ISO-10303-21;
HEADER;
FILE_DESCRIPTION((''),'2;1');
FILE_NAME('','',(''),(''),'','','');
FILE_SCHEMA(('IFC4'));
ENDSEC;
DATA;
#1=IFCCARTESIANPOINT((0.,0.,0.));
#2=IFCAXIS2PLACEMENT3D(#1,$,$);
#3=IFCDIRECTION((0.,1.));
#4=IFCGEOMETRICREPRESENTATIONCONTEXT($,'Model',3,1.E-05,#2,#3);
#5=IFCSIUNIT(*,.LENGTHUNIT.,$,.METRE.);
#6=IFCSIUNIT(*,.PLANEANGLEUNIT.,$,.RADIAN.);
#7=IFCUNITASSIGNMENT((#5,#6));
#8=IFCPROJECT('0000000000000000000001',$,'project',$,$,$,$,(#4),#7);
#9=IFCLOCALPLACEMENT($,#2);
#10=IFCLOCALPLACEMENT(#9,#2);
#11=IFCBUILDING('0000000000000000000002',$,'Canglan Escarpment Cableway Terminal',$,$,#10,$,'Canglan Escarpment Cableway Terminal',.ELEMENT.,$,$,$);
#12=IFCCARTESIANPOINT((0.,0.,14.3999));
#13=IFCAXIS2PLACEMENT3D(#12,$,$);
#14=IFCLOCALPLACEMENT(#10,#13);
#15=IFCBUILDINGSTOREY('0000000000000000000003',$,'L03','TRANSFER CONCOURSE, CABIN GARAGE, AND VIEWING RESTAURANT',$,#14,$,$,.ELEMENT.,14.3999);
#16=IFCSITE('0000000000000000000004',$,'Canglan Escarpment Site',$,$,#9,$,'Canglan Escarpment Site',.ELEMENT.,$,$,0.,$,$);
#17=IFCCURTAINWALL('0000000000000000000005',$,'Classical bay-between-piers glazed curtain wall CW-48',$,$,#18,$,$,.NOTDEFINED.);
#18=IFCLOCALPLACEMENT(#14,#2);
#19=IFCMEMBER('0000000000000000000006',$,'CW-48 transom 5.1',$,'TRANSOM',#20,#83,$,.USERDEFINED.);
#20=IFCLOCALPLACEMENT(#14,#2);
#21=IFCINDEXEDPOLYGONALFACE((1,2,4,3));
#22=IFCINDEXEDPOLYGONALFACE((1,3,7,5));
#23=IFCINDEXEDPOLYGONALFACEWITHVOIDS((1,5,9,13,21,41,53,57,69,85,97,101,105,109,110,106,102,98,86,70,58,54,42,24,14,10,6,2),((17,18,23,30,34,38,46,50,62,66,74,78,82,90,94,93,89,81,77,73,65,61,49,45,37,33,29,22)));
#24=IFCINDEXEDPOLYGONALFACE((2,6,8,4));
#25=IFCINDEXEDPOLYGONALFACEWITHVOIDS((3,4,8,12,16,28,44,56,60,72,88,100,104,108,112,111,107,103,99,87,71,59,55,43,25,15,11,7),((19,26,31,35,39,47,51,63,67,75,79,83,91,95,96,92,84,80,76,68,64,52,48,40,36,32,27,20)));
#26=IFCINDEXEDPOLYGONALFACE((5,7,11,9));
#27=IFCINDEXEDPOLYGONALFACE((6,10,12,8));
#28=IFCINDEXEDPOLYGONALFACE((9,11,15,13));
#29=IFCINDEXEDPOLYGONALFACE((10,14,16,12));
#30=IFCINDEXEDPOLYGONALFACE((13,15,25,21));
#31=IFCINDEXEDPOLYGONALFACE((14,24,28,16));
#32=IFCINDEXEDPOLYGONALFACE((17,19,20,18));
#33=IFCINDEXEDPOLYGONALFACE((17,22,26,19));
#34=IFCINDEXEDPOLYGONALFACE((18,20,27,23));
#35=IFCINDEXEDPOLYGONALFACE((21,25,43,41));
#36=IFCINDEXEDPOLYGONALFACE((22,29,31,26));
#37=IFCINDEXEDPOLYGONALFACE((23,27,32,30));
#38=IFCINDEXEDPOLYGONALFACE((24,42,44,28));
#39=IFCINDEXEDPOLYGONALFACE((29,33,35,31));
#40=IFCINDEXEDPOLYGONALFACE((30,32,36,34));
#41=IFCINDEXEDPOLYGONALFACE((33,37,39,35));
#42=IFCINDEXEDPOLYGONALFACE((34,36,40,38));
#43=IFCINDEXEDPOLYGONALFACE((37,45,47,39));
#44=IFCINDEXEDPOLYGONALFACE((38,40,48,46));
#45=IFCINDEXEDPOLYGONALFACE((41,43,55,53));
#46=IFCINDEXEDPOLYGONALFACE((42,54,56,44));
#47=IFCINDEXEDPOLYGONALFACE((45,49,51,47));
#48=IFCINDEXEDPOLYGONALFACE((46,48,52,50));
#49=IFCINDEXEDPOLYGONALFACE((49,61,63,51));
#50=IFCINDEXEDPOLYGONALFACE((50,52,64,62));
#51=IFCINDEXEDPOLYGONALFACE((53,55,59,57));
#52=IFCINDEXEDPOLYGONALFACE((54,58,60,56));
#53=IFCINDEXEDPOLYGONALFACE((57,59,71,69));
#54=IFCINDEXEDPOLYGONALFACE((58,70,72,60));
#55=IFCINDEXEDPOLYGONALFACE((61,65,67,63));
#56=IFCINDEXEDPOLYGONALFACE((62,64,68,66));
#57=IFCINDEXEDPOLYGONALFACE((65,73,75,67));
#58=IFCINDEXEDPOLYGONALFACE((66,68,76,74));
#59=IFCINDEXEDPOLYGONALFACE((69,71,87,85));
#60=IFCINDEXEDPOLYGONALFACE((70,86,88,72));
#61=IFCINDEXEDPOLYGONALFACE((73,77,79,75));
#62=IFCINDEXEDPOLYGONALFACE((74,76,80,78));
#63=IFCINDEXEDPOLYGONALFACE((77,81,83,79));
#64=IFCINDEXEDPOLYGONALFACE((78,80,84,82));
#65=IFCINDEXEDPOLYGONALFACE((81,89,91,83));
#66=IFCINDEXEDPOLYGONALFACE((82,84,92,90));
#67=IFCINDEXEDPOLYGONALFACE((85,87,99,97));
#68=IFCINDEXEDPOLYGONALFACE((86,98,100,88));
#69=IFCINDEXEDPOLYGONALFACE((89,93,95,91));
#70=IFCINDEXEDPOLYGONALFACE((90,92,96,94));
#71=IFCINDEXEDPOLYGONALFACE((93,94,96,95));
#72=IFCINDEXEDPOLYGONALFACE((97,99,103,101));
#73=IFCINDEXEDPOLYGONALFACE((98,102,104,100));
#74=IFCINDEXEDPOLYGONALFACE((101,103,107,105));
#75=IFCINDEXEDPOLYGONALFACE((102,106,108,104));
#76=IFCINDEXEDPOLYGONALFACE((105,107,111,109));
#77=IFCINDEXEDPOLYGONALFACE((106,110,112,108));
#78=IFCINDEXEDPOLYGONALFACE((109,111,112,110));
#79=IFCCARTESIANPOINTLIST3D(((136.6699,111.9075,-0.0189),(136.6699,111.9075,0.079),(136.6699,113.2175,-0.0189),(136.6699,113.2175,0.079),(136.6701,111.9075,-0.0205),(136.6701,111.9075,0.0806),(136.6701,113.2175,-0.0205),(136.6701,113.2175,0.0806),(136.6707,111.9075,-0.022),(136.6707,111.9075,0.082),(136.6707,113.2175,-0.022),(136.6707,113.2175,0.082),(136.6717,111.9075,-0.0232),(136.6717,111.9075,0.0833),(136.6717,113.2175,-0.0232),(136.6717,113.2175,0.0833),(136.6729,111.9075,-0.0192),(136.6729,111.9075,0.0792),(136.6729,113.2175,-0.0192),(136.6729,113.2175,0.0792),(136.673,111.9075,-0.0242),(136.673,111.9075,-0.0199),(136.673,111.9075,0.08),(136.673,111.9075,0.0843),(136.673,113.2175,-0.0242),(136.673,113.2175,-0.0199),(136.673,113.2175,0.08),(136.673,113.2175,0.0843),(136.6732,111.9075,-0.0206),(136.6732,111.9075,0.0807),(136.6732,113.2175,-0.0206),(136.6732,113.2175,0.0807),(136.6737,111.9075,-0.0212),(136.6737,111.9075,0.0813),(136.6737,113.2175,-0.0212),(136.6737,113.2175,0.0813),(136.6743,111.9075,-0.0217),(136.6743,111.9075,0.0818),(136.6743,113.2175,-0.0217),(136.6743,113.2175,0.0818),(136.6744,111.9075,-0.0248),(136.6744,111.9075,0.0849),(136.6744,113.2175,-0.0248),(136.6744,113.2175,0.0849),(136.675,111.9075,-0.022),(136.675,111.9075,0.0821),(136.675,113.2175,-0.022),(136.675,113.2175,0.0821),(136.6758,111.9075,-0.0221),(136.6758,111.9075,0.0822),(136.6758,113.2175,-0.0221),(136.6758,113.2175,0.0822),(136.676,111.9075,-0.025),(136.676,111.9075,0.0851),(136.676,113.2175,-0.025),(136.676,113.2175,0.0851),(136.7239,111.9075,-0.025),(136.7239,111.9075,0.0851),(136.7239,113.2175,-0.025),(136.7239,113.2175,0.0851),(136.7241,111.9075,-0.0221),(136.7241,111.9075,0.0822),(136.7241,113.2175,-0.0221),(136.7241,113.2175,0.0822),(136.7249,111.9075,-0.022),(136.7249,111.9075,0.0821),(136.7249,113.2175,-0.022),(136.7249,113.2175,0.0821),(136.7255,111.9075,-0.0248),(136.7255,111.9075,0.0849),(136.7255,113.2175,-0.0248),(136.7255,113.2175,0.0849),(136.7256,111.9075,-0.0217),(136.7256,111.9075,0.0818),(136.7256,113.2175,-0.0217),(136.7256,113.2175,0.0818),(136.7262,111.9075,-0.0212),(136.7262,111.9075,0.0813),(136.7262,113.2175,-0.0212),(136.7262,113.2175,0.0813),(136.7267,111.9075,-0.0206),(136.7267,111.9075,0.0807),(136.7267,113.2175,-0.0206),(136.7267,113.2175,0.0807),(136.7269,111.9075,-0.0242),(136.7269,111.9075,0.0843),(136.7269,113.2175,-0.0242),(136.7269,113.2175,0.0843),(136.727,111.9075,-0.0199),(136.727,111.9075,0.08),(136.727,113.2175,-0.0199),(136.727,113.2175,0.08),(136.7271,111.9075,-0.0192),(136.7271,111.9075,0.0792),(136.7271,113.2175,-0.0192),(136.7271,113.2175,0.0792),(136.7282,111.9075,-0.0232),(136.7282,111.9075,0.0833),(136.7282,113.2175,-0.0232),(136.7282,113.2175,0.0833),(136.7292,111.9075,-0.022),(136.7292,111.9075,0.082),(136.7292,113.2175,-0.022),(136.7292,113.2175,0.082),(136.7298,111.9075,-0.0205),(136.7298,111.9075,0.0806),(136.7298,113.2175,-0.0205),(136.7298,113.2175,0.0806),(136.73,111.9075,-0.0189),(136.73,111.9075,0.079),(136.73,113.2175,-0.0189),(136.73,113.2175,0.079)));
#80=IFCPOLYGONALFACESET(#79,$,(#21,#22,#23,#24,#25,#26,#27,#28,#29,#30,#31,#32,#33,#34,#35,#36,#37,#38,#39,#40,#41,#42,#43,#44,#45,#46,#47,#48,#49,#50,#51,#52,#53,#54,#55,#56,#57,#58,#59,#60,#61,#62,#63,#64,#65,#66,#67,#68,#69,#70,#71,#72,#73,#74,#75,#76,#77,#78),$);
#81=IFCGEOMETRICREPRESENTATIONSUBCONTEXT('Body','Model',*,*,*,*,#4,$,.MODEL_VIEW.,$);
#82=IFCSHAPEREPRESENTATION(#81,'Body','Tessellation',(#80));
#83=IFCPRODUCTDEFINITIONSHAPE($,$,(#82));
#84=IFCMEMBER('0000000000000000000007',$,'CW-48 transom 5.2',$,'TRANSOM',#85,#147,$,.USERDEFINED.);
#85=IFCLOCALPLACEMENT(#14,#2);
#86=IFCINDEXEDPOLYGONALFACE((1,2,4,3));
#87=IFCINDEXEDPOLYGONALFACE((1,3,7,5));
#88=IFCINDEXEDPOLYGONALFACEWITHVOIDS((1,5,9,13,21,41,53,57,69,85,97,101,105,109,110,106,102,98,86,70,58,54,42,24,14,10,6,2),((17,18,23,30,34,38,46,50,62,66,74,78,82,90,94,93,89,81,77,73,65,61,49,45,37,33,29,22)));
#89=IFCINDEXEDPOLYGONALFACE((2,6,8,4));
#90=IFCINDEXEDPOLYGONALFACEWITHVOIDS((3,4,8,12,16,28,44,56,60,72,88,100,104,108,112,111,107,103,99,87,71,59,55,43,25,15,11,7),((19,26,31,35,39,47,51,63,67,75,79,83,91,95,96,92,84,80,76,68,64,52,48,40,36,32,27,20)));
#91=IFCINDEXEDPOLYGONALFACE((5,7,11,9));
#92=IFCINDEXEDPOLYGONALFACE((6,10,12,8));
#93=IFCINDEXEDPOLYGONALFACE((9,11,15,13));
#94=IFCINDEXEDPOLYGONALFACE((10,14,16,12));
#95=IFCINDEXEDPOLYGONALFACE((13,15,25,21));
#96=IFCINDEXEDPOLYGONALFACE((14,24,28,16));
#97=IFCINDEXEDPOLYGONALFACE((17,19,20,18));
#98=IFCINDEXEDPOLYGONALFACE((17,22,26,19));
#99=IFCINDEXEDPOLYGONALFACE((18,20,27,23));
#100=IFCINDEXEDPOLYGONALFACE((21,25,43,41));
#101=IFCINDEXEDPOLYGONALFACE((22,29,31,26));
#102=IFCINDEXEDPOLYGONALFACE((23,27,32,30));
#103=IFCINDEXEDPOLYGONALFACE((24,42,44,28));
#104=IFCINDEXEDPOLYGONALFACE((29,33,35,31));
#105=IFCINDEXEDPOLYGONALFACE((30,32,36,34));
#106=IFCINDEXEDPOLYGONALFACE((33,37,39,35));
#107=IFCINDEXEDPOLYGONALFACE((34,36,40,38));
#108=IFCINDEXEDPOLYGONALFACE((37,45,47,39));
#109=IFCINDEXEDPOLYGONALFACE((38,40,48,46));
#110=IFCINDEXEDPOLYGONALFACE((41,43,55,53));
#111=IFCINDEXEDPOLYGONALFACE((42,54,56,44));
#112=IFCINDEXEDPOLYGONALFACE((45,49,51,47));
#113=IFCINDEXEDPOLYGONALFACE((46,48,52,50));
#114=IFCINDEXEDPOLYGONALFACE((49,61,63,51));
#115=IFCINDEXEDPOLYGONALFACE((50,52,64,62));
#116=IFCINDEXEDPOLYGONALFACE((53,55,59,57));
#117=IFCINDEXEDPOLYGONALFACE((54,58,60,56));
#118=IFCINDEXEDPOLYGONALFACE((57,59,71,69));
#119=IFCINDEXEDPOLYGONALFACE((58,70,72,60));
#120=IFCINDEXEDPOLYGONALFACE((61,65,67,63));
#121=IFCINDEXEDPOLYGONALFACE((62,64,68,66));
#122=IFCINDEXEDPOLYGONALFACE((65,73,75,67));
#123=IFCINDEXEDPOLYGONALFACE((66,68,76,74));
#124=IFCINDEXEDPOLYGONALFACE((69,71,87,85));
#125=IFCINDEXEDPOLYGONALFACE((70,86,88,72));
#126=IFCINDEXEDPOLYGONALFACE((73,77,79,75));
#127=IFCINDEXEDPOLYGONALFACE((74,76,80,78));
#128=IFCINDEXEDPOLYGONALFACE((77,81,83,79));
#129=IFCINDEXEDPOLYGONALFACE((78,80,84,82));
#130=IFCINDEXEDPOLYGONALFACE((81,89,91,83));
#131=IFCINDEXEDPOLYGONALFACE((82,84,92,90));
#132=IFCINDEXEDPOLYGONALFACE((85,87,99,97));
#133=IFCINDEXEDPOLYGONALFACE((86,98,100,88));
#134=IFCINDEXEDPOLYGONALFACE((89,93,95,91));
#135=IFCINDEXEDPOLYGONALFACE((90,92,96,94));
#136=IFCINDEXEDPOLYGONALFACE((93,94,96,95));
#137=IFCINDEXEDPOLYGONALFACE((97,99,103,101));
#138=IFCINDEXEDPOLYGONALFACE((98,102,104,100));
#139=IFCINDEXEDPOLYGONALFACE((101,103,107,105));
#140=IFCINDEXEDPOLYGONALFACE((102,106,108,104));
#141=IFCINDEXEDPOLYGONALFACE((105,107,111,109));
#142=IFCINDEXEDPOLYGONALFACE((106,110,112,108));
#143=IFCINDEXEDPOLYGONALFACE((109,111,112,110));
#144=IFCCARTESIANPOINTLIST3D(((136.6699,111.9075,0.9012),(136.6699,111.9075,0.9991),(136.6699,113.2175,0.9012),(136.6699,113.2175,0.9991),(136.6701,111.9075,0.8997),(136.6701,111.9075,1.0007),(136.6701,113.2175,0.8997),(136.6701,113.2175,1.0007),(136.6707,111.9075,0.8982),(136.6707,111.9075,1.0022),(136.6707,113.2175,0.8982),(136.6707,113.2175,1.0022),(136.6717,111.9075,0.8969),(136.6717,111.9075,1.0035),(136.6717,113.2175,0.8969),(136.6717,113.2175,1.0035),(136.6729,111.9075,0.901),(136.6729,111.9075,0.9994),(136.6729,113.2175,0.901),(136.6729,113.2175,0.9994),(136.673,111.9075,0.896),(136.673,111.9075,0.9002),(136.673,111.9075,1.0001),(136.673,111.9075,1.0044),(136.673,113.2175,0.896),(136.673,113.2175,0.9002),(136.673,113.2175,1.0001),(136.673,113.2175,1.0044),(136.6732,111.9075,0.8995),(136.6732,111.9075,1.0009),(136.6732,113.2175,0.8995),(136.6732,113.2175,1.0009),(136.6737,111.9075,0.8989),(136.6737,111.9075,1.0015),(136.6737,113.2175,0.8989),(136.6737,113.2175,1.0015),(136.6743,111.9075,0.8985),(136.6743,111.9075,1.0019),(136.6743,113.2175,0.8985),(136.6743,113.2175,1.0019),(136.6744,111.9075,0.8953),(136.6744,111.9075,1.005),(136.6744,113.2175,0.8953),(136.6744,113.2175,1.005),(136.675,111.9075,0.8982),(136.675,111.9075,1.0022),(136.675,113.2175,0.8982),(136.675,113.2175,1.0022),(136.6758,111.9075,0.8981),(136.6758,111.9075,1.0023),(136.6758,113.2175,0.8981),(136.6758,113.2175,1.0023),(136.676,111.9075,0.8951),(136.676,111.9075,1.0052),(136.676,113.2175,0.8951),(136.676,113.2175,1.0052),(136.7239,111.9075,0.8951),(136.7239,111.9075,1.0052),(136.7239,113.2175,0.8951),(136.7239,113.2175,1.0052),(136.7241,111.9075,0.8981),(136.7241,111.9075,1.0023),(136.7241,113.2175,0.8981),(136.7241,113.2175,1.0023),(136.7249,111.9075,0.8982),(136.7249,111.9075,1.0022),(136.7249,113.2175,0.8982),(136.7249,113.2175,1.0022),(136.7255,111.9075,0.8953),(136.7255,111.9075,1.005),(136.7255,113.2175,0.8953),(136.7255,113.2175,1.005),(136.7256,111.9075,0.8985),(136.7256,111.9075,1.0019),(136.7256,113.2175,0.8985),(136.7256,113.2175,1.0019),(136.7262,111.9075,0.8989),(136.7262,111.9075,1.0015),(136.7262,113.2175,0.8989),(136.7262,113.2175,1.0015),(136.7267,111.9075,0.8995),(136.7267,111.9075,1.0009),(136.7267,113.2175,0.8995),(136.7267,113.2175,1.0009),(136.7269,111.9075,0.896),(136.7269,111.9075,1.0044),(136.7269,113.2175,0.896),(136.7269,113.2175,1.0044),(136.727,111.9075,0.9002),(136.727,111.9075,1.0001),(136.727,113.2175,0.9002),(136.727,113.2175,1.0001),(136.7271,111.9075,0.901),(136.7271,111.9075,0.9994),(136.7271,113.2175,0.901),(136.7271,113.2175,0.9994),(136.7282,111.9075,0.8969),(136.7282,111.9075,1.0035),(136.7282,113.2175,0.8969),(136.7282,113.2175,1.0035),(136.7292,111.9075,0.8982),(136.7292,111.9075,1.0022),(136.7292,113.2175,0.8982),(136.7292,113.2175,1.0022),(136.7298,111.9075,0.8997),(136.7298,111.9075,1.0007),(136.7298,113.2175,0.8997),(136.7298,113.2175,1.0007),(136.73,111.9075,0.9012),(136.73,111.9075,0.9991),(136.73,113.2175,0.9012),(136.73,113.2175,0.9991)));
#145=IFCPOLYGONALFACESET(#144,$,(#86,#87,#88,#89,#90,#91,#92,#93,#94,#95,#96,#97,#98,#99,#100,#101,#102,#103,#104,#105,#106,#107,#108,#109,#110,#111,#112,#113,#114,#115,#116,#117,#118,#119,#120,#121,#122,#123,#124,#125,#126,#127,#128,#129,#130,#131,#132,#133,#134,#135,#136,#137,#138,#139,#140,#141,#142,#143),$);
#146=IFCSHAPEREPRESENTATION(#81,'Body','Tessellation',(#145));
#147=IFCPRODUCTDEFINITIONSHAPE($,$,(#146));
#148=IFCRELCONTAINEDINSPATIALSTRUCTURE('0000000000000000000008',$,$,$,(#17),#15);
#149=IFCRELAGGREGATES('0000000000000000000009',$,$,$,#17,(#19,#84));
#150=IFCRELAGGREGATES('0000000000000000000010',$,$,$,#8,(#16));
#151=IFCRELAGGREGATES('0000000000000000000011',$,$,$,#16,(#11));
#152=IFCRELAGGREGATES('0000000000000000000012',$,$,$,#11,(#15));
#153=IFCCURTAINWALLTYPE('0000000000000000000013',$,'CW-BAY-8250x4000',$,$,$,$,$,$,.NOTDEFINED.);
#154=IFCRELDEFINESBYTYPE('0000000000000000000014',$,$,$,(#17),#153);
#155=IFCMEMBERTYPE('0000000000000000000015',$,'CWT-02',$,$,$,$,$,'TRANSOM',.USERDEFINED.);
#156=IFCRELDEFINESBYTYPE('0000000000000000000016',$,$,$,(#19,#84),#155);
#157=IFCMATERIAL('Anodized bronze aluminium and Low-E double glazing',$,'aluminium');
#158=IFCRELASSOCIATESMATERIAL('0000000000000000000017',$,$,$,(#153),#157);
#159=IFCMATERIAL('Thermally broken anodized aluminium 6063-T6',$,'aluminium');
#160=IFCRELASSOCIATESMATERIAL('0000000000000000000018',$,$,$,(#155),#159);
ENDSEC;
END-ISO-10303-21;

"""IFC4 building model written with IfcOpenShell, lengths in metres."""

from ifc_helpers import new_model, si_unit, direction, frame, origin, origin_2d, place, context, subcontext, project, spatial, hollow_rectangle, extrude, material, material_profile, profile_set, type_object, element, aggregate, save


model = new_model("IFC4")

# Units and contexts
model_context = context("Model", 3, precision=1e-05, world=origin(), true_north=direction((0.0, 1.0)))
body_context = subcontext(model_context, "Body", "Model", "MODEL_VIEW")
ifc_project = project(units=[si_unit("LENGTHUNIT", "METRE"), si_unit("PLANEANGLEUNIT", "RADIAN")], contexts=[model_context])

# Site, building, storey
site_placement = place(None, origin())
site = spatial("IfcSite", under=ifc_project, at=site_placement, Name="Canglan Escarpment Site", LongName="Canglan Escarpment Site", CompositionType="ELEMENT", RefElevation=0.0)
building_placement = place(site_placement, origin())
building = spatial("IfcBuilding", under=site, at=building_placement, Name="Canglan Escarpment Cableway Terminal", LongName="Canglan Escarpment Cableway Terminal", CompositionType="ELEMENT")
storey_placement = place(building_placement, frame((0.0, 0.0, 14.3999)))
storey = spatial("IfcBuildingStorey", under=building, at=storey_placement, Name="L03", Description="TRANSFER CONCOURSE, CABIN GARAGE, AND VIEWING RESTAURANT", CompositionType="ELEMENT", Elevation=14.3999)

# Curtain wall, members
ifc_material_1 = material(Name="Anodized bronze aluminium and Low-E double glazing", Category="aluminium")
ifc_material_2 = material(Name="Thermally broken anodized aluminium 6063-T6", Category="aluminium")
curtain_wall_type_1 = type_object("IfcCurtainWallType", Name="CW-BAY-8250x4000", PredefinedType="NOTDEFINED", material=ifc_material_1)
curtain_wall_1_placement = place(storey_placement, origin())
curtain_wall_1 = element("IfcCurtainWall", 1, at=curtain_wall_1_placement, inside=storey, type_object=curtain_wall_type_1, Name="Classical bay-between-piers glazed curtain wall CW-48", PredefinedType="NOTDEFINED")
ifc_material_profile_1 = material_profile(ifc_material_2, hollow_rectangle(XDim=0.0601, YDim=0.1101, WallThickness=0.0029, InnerFilletRadius=0.0029, OuterFilletRadius=0.0061, at=origin_2d()), Name="ALU-TRAN 60x110x3")
ifc_profile_set_1 = profile_set([ifc_material_profile_1], Name="Thermally broken anodized aluminium 6063-T6")
member_type_1 = type_object("IfcMemberType", Name="CWT-02", ElementType="TRANSOM", PredefinedType="USERDEFINED", material=ifc_profile_set_1)
member_1_placement = place(storey_placement, frame((136.7, 111.9075, 0.03), z_axis=(0.0, 1.0, 0.0), x_axis=(-1.0, 0.0, 0.0)))
member_1 = element("IfcMember", 2, at=member_1_placement, type_object=member_type_1, Name="CW-48 transom 5.1", ObjectType="TRANSOM", PredefinedType="USERDEFINED", context=body_context, shape_type="SweptSolid", body=[
    extrude(hollow_rectangle(XDim=0.0601, YDim=0.1101, WallThickness=0.0029, InnerFilletRadius=0.0029, OuterFilletRadius=0.0061, at=origin_2d()), origin(), (0.0, 0.0, 1.0), 1.3101),
])
member_2_placement = place(storey_placement, frame((136.7, 111.9075, 0.9502), z_axis=(0.0, 1.0, 0.0), x_axis=(-1.0, 0.0, 0.0)))
member_2 = element("IfcMember", 3, at=member_2_placement, type_object=member_type_1, Name="CW-48 transom 5.2", ObjectType="TRANSOM", PredefinedType="USERDEFINED", context=body_context, shape_type="SweptSolid", body=[
    extrude(hollow_rectangle(XDim=0.0601, YDim=0.1101, WallThickness=0.0029, InnerFilletRadius=0.0029, OuterFilletRadius=0.0061, at=origin_2d()), origin(), (0.0, 0.0, 1.0), 1.3101),
])

aggregate(curtain_wall_1, [member_1, member_2])

save(model, "model.ifc")
